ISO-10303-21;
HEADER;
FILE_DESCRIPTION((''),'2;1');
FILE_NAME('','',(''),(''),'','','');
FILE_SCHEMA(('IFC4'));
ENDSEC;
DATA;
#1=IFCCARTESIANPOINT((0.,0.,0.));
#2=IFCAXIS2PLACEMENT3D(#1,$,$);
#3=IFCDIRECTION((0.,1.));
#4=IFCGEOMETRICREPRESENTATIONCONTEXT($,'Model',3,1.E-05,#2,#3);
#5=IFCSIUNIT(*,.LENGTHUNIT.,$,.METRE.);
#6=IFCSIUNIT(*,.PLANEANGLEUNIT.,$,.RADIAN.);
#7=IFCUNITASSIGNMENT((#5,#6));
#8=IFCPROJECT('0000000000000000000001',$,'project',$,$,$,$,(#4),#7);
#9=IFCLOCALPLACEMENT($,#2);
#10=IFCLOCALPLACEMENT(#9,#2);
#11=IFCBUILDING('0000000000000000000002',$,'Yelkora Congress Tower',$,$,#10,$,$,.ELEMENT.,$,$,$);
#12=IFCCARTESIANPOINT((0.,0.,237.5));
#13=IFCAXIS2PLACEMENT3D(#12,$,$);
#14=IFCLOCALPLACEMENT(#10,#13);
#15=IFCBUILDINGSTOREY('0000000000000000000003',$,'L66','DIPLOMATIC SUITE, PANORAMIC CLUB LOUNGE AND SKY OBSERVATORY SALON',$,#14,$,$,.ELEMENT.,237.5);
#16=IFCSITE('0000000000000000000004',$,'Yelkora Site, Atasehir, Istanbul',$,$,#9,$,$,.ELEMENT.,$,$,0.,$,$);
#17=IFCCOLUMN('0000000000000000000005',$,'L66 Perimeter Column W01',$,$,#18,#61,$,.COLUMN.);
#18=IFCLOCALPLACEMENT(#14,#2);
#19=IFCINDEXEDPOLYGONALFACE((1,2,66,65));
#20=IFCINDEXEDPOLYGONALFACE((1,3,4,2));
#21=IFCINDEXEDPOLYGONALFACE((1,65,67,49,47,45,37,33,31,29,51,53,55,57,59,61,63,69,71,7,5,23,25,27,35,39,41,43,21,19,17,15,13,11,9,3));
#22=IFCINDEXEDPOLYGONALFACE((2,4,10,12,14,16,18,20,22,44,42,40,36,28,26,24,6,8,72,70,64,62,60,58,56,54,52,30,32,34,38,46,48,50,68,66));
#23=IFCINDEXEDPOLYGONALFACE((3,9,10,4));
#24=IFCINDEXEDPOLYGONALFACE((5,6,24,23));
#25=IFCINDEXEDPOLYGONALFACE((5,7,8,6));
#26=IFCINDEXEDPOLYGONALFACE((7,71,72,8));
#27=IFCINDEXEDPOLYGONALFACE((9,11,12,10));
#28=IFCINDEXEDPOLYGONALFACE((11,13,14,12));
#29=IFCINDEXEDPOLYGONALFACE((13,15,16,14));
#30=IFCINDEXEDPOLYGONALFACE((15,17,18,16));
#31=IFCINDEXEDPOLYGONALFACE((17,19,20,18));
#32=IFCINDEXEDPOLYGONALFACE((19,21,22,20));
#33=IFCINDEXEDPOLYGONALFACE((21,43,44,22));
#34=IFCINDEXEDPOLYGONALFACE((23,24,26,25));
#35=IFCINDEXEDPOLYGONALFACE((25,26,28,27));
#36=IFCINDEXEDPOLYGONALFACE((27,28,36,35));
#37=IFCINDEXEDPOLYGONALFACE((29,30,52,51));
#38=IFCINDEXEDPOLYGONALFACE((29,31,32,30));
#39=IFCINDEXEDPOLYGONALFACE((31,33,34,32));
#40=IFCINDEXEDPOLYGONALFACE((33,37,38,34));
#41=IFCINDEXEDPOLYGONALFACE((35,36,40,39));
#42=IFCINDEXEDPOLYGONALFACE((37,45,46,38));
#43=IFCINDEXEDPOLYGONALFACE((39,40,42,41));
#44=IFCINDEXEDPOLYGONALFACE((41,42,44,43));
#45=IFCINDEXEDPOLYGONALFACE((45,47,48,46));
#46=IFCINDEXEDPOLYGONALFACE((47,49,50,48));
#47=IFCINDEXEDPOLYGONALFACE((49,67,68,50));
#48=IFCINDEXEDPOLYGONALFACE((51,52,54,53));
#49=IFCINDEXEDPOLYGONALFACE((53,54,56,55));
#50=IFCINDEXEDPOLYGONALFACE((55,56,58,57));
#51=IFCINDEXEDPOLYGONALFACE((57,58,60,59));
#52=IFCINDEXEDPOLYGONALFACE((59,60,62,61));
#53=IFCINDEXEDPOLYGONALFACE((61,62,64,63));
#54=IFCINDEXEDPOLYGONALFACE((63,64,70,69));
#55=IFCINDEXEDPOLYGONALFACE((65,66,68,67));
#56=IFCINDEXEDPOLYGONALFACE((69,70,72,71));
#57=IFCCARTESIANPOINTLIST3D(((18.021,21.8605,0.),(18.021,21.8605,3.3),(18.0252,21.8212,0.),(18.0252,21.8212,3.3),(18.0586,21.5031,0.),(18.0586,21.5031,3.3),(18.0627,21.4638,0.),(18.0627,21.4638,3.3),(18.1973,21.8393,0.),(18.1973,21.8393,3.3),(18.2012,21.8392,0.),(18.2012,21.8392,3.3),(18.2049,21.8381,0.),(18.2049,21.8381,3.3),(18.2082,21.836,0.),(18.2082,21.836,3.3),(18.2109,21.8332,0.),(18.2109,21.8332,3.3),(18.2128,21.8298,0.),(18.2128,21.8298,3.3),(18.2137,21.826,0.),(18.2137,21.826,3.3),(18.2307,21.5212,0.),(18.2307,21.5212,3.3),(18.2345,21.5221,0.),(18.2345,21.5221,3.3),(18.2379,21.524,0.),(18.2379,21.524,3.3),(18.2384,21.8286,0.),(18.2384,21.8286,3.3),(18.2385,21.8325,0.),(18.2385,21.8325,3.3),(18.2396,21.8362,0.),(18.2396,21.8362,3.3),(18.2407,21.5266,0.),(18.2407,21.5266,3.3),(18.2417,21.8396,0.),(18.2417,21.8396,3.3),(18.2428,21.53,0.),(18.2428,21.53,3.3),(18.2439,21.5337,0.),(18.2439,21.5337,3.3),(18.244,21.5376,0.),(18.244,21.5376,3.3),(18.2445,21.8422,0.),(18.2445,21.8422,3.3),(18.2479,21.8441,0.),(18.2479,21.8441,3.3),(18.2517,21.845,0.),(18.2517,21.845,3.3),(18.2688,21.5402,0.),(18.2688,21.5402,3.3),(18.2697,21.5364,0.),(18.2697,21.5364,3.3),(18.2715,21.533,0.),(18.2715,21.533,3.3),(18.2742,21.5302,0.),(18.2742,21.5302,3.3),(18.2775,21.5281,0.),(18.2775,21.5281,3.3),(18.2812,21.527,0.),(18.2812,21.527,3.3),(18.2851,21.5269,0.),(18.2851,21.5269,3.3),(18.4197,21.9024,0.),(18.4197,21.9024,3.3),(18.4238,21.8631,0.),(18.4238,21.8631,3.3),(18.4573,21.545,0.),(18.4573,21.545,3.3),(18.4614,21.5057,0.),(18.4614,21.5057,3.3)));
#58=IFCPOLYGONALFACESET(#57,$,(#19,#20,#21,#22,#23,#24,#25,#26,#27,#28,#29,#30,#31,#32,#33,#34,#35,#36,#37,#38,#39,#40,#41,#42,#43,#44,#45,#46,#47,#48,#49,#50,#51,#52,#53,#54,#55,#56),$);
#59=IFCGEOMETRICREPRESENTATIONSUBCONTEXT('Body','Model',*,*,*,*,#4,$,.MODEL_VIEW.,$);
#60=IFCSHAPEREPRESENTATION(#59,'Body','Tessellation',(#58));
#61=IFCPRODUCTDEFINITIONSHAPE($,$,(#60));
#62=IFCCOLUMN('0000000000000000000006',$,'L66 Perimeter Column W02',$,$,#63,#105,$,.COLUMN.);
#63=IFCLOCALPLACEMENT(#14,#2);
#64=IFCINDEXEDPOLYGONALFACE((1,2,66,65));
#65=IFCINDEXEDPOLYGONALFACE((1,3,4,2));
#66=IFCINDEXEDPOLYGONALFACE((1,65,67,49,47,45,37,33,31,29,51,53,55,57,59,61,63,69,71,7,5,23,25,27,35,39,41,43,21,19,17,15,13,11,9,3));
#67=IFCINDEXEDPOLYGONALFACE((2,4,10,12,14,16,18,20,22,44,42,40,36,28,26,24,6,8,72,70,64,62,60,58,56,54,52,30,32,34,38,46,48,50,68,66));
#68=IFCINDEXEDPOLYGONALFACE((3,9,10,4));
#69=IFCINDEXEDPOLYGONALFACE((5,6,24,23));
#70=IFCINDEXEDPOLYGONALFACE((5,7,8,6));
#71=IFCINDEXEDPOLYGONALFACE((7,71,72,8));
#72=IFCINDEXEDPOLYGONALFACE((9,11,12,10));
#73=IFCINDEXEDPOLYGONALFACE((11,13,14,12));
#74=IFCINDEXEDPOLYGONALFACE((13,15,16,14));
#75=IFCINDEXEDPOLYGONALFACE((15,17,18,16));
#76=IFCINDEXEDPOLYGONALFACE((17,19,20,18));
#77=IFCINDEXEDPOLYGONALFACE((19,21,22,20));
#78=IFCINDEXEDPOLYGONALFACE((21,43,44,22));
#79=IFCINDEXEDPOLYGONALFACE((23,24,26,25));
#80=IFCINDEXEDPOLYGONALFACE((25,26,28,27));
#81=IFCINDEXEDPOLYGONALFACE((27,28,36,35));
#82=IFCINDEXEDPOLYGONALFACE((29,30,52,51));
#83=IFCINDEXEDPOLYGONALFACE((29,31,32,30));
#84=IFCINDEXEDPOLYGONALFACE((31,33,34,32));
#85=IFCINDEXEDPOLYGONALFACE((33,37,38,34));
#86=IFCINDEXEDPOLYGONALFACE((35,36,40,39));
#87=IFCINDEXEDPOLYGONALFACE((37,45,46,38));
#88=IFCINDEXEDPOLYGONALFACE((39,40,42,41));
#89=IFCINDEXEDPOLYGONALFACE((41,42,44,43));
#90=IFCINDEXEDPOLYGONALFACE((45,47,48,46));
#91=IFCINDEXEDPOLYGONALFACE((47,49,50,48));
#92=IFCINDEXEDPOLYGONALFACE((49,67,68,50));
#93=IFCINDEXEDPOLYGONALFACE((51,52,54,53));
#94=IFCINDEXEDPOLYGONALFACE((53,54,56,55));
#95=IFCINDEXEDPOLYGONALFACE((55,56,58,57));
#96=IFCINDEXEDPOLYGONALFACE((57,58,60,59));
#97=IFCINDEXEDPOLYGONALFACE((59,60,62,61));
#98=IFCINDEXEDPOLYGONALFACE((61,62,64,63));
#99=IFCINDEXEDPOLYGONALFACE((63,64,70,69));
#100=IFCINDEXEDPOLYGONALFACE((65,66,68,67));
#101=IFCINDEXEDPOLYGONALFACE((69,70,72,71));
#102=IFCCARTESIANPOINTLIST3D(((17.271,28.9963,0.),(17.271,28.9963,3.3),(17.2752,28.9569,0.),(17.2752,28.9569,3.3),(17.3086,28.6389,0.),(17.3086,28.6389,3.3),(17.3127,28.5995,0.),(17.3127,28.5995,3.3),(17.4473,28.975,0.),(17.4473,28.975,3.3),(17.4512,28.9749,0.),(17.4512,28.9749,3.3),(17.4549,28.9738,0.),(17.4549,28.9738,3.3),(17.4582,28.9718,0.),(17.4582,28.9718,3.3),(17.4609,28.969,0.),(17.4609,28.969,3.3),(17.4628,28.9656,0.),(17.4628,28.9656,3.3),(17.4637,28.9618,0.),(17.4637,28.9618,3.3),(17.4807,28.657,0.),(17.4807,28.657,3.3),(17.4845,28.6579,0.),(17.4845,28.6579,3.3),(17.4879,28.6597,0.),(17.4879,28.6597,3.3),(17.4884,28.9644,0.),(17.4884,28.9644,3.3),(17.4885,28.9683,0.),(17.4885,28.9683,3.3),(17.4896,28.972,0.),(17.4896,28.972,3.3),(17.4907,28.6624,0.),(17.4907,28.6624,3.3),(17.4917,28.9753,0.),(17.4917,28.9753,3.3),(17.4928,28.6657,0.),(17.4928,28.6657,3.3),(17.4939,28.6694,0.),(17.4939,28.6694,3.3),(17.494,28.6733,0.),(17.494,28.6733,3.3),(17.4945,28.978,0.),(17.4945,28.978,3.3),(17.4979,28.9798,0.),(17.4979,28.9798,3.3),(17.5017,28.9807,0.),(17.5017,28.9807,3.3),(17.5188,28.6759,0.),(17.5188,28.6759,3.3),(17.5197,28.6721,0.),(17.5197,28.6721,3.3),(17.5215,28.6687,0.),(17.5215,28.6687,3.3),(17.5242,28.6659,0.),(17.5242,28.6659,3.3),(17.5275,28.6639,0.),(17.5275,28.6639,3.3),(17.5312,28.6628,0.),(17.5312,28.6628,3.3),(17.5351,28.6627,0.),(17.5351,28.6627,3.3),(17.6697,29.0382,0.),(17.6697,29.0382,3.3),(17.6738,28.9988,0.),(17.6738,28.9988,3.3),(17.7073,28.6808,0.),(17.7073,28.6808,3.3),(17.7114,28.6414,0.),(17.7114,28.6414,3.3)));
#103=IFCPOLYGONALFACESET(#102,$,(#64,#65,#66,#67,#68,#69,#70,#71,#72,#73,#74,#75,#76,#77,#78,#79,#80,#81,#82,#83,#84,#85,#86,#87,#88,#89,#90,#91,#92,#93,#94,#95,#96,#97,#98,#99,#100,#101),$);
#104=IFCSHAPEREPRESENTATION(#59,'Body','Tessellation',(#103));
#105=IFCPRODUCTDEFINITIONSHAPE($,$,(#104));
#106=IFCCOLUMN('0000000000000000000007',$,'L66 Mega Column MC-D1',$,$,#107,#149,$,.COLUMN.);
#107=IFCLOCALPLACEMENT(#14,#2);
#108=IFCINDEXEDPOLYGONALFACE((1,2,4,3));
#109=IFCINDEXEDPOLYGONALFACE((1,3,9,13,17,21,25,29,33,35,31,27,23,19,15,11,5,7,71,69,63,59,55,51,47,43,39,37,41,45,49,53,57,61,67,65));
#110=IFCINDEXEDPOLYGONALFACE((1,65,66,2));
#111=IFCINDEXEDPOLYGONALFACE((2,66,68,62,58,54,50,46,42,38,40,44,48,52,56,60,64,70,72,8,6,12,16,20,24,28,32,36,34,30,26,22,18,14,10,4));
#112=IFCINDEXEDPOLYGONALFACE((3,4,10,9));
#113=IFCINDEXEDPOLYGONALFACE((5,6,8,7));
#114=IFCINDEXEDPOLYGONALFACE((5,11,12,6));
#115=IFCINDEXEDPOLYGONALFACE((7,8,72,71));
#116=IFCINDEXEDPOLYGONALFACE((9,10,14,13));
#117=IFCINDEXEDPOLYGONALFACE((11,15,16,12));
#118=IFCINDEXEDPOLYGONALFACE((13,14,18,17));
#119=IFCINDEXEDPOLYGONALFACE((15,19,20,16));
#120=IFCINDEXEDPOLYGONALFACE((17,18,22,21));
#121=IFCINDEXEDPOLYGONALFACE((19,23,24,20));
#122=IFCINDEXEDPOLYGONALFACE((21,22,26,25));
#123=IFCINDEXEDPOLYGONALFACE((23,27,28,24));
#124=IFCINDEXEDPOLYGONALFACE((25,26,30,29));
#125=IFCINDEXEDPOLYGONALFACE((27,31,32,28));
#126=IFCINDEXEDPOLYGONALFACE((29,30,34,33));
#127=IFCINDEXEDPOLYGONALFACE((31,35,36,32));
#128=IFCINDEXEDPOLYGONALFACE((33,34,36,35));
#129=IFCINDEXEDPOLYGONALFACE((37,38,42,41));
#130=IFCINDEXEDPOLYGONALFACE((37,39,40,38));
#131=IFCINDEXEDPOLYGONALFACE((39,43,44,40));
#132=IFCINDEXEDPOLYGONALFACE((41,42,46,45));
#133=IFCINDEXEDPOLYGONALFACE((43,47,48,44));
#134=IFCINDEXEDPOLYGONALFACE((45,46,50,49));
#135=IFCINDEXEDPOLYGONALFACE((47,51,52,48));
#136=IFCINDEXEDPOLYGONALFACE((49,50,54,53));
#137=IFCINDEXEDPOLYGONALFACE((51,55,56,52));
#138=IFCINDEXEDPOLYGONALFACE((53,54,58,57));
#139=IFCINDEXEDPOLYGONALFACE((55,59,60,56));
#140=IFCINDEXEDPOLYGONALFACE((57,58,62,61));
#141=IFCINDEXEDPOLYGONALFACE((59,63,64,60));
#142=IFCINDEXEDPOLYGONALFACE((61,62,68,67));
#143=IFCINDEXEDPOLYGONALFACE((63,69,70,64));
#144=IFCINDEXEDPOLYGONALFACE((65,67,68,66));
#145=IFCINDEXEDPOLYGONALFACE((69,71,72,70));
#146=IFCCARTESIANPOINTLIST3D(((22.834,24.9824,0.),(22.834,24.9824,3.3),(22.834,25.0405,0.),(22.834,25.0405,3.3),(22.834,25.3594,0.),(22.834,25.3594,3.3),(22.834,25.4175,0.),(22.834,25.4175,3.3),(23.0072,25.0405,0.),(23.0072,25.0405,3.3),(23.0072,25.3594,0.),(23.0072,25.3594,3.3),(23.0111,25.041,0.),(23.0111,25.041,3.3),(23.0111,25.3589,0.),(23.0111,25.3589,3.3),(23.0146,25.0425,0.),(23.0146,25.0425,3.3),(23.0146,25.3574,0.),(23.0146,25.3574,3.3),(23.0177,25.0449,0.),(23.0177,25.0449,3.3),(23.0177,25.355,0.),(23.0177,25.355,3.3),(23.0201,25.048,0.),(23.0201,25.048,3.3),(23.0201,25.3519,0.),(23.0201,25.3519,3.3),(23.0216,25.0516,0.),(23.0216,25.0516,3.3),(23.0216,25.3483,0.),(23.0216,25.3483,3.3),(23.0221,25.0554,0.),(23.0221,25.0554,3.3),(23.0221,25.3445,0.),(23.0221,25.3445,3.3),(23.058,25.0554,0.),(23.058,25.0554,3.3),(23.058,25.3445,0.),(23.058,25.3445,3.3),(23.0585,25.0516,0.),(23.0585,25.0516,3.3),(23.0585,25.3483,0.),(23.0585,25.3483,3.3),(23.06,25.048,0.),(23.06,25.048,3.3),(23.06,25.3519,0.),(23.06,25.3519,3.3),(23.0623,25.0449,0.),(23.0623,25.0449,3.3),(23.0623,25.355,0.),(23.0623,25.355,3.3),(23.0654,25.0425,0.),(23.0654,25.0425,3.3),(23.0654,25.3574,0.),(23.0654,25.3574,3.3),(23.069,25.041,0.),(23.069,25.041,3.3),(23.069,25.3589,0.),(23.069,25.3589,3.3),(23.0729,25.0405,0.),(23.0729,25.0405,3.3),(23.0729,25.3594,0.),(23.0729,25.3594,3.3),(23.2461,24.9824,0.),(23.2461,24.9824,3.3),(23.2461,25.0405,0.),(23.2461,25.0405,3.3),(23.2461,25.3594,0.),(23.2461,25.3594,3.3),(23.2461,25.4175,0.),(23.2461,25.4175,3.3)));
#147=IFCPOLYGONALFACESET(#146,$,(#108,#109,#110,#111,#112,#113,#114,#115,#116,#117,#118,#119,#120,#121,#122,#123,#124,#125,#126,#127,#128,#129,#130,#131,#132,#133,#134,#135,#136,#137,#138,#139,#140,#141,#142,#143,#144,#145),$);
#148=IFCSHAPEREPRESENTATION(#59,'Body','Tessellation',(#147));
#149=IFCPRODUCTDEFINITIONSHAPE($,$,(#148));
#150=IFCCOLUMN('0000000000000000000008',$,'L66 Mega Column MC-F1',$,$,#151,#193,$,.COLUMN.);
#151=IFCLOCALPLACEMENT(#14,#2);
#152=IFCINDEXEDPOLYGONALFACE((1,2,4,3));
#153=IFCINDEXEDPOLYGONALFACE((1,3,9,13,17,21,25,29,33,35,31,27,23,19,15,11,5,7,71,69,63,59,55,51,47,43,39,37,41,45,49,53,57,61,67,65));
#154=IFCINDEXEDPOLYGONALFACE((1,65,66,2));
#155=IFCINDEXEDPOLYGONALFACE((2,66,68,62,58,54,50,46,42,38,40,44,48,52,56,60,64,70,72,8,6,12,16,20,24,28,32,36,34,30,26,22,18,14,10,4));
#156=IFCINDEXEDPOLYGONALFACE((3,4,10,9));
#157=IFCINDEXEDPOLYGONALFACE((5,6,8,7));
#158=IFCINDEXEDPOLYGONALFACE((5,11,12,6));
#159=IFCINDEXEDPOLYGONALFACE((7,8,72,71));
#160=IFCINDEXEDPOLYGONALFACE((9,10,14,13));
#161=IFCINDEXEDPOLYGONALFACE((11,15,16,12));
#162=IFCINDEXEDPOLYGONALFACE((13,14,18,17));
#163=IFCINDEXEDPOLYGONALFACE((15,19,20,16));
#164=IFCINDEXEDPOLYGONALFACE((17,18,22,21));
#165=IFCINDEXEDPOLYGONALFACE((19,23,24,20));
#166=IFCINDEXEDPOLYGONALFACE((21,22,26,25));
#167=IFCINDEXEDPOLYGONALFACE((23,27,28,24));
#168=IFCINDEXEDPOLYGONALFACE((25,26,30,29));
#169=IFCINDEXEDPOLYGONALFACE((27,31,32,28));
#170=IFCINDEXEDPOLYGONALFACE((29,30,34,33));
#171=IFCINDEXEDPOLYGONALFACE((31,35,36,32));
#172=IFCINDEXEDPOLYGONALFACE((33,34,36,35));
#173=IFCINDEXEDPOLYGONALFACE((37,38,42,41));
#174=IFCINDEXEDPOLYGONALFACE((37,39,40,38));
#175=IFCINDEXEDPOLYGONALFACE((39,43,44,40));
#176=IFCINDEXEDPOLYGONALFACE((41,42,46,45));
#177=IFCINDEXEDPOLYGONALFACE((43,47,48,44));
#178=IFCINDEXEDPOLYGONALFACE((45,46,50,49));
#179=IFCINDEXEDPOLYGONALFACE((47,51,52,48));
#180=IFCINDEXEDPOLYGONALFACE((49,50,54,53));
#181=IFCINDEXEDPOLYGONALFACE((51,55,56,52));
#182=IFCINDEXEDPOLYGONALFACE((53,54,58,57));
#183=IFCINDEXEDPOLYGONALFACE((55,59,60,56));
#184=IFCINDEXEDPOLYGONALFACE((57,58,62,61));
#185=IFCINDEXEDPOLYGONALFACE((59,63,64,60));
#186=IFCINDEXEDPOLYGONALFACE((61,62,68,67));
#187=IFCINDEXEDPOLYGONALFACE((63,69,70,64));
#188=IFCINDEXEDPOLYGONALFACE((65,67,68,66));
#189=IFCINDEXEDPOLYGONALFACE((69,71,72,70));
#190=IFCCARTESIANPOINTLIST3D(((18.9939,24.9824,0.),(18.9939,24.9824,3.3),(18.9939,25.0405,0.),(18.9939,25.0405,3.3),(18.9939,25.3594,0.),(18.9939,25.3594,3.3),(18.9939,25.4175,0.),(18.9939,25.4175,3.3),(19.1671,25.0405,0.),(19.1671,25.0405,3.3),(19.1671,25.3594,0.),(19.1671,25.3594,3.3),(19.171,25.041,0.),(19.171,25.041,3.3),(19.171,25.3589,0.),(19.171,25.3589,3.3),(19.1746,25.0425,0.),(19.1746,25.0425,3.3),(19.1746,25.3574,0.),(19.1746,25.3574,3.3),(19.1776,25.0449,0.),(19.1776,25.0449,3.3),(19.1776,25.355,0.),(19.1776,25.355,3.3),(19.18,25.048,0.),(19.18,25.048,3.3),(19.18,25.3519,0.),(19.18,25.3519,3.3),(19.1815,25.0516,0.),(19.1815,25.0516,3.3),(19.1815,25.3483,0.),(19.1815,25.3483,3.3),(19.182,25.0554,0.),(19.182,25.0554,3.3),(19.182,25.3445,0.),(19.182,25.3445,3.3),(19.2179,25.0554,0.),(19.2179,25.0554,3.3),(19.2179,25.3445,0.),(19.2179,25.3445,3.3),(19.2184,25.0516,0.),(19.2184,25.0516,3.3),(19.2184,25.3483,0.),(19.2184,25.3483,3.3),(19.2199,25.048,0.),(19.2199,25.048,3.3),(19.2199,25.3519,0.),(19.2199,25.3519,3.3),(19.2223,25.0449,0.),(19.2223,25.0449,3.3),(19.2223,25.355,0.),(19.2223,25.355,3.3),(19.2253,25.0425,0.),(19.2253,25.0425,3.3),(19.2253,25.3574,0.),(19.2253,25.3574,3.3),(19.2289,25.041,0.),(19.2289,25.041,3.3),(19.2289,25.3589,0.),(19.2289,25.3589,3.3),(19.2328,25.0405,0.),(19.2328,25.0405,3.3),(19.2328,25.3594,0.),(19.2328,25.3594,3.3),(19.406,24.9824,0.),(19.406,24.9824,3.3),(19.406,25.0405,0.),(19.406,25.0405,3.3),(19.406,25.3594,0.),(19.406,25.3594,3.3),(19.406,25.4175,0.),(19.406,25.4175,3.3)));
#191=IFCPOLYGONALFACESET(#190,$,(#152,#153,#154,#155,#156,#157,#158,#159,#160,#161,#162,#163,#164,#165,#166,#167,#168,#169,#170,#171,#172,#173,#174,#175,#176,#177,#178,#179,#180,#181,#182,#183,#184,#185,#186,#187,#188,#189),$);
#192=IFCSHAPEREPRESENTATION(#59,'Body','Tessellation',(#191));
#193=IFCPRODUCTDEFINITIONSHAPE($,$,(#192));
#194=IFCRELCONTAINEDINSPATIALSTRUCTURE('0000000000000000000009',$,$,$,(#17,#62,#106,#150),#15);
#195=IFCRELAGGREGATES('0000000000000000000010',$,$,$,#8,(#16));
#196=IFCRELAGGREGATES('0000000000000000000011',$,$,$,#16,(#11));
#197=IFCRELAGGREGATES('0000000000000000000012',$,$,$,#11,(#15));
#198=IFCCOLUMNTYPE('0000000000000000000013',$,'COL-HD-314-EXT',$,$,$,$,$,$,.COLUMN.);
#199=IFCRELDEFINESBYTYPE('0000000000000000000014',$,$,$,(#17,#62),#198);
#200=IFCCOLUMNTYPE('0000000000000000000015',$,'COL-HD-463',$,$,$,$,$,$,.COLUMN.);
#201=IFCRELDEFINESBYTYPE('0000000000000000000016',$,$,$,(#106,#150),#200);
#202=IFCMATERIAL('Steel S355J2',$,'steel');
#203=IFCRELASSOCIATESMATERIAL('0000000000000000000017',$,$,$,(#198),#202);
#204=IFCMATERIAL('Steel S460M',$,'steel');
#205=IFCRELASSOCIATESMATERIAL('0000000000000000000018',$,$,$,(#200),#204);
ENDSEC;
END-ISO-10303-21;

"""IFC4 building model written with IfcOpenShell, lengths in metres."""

from ifc_helpers import new_model, si_unit, direction, frame, origin, origin_2d, place, context, subcontext, project, spatial, i_section, extrude, material, material_profile, profile_set, type_object, element, save


model = new_model("IFC4")

# Units and contexts
model_context = context("Model", 3, precision=1e-05, world=origin(), true_north=direction((0.0, 1.0)))
body_context = subcontext(model_context, "Body", "Model", "MODEL_VIEW")
ifc_project = project(units=[si_unit("LENGTHUNIT", "METRE"), si_unit("PLANEANGLEUNIT", "RADIAN")], contexts=[model_context])

# Site, building, storey
site_placement = place(None, origin())
site = spatial("IfcSite", under=ifc_project, at=site_placement, Name="Yelkora Site, Atasehir, Istanbul", CompositionType="ELEMENT", RefElevation=0.0)
building_placement = place(site_placement, origin())
building = spatial("IfcBuilding", under=site, at=building_placement, Name="Yelkora Congress Tower", CompositionType="ELEMENT")
storey_placement = place(building_placement, frame((0.0, 0.0, 237.5)))
storey = spatial("IfcBuildingStorey", under=building, at=storey_placement, Name="L66", Description="DIPLOMATIC SUITE, PANORAMIC CLUB LOUNGE AND SKY OBSERVATORY SALON", CompositionType="ELEMENT", Elevation=237.5)

# Columns
ifc_material_1 = material(Name="Steel S355J2", Category="steel")
ifc_material_profile_1 = material_profile(ifc_material_1, i_section(OverallWidth=0.4009, OverallDepth=0.3989, WebThickness=0.0249, FlangeThickness=0.0396, FilletRadius=0.0149, at=origin_2d()), Name="HD 400x314")
ifc_profile_set_1 = profile_set([ifc_material_profile_1], Name="Steel S355J2")
column_type_1 = type_object("IfcColumnType", Name="COL-HD-314-EXT", PredefinedType="COLUMN", material=ifc_profile_set_1)
for number, where, z_axis, x_axis, name in (
    (1, (18.2412, 21.6831, 0.0), (0.0, 0.0, 1.0), (0.994522, 0.104528, 0.0), "L66 Perimeter Column W01"),
    (2, (17.4912, 28.8188, 0.0), (0.0, 0.0, 1.0), (0.994522, 0.104528, 0.0), "L66 Perimeter Column W02"),
):
    element("IfcColumn", number, at=place(storey_placement, frame(where, z_axis=z_axis, x_axis=x_axis)), inside=storey, type_object=column_type_1, Name=name, PredefinedType="COLUMN", context=body_context, shape_type="SweptSolid", body=[
        extrude(i_section(OverallWidth=0.4009, OverallDepth=0.3989, WebThickness=0.0249, FlangeThickness=0.0396, FilletRadius=0.0149, at=origin_2d()), origin(), (0.0, 0.0, 1.0), 3.3),
    ])
ifc_material_2 = material(Name="Steel S460M", Category="steel")
ifc_material_profile_2 = material_profile(ifc_material_2, i_section(OverallWidth=0.4121, OverallDepth=0.4351, WebThickness=0.0359, FlangeThickness=0.0581, FilletRadius=0.0149, at=origin_2d()), Name="HD 400x463")
ifc_profile_set_2 = profile_set([ifc_material_profile_2], Name="Steel S460M")
column_type_2 = type_object("IfcColumnType", Name="COL-HD-463", PredefinedType="COLUMN", material=ifc_profile_set_2)
for number, where, z_axis, x_axis, name in (
    (3, (23.04, 25.2, 0.0), (0.0, 0.0, 1.0), (1.0, 0.0, 0.0), "L66 Mega Column MC-D1"),
    (4, (19.2, 25.2, 0.0), (0.0, 0.0, 1.0), (1.0, 0.0, 0.0), "L66 Mega Column MC-F1"),
):
    element("IfcColumn", number, at=place(storey_placement, frame(where, z_axis=z_axis, x_axis=x_axis)), inside=storey, type_object=column_type_2, Name=name, PredefinedType="COLUMN", context=body_context, shape_type="SweptSolid", body=[
        extrude(i_section(OverallWidth=0.4121, OverallDepth=0.4351, WebThickness=0.0359, FlangeThickness=0.0581, FilletRadius=0.0149, at=origin_2d()), origin(), (0.0, 0.0, 1.0), 3.3),
    ])

save(model, "model.ifc")
